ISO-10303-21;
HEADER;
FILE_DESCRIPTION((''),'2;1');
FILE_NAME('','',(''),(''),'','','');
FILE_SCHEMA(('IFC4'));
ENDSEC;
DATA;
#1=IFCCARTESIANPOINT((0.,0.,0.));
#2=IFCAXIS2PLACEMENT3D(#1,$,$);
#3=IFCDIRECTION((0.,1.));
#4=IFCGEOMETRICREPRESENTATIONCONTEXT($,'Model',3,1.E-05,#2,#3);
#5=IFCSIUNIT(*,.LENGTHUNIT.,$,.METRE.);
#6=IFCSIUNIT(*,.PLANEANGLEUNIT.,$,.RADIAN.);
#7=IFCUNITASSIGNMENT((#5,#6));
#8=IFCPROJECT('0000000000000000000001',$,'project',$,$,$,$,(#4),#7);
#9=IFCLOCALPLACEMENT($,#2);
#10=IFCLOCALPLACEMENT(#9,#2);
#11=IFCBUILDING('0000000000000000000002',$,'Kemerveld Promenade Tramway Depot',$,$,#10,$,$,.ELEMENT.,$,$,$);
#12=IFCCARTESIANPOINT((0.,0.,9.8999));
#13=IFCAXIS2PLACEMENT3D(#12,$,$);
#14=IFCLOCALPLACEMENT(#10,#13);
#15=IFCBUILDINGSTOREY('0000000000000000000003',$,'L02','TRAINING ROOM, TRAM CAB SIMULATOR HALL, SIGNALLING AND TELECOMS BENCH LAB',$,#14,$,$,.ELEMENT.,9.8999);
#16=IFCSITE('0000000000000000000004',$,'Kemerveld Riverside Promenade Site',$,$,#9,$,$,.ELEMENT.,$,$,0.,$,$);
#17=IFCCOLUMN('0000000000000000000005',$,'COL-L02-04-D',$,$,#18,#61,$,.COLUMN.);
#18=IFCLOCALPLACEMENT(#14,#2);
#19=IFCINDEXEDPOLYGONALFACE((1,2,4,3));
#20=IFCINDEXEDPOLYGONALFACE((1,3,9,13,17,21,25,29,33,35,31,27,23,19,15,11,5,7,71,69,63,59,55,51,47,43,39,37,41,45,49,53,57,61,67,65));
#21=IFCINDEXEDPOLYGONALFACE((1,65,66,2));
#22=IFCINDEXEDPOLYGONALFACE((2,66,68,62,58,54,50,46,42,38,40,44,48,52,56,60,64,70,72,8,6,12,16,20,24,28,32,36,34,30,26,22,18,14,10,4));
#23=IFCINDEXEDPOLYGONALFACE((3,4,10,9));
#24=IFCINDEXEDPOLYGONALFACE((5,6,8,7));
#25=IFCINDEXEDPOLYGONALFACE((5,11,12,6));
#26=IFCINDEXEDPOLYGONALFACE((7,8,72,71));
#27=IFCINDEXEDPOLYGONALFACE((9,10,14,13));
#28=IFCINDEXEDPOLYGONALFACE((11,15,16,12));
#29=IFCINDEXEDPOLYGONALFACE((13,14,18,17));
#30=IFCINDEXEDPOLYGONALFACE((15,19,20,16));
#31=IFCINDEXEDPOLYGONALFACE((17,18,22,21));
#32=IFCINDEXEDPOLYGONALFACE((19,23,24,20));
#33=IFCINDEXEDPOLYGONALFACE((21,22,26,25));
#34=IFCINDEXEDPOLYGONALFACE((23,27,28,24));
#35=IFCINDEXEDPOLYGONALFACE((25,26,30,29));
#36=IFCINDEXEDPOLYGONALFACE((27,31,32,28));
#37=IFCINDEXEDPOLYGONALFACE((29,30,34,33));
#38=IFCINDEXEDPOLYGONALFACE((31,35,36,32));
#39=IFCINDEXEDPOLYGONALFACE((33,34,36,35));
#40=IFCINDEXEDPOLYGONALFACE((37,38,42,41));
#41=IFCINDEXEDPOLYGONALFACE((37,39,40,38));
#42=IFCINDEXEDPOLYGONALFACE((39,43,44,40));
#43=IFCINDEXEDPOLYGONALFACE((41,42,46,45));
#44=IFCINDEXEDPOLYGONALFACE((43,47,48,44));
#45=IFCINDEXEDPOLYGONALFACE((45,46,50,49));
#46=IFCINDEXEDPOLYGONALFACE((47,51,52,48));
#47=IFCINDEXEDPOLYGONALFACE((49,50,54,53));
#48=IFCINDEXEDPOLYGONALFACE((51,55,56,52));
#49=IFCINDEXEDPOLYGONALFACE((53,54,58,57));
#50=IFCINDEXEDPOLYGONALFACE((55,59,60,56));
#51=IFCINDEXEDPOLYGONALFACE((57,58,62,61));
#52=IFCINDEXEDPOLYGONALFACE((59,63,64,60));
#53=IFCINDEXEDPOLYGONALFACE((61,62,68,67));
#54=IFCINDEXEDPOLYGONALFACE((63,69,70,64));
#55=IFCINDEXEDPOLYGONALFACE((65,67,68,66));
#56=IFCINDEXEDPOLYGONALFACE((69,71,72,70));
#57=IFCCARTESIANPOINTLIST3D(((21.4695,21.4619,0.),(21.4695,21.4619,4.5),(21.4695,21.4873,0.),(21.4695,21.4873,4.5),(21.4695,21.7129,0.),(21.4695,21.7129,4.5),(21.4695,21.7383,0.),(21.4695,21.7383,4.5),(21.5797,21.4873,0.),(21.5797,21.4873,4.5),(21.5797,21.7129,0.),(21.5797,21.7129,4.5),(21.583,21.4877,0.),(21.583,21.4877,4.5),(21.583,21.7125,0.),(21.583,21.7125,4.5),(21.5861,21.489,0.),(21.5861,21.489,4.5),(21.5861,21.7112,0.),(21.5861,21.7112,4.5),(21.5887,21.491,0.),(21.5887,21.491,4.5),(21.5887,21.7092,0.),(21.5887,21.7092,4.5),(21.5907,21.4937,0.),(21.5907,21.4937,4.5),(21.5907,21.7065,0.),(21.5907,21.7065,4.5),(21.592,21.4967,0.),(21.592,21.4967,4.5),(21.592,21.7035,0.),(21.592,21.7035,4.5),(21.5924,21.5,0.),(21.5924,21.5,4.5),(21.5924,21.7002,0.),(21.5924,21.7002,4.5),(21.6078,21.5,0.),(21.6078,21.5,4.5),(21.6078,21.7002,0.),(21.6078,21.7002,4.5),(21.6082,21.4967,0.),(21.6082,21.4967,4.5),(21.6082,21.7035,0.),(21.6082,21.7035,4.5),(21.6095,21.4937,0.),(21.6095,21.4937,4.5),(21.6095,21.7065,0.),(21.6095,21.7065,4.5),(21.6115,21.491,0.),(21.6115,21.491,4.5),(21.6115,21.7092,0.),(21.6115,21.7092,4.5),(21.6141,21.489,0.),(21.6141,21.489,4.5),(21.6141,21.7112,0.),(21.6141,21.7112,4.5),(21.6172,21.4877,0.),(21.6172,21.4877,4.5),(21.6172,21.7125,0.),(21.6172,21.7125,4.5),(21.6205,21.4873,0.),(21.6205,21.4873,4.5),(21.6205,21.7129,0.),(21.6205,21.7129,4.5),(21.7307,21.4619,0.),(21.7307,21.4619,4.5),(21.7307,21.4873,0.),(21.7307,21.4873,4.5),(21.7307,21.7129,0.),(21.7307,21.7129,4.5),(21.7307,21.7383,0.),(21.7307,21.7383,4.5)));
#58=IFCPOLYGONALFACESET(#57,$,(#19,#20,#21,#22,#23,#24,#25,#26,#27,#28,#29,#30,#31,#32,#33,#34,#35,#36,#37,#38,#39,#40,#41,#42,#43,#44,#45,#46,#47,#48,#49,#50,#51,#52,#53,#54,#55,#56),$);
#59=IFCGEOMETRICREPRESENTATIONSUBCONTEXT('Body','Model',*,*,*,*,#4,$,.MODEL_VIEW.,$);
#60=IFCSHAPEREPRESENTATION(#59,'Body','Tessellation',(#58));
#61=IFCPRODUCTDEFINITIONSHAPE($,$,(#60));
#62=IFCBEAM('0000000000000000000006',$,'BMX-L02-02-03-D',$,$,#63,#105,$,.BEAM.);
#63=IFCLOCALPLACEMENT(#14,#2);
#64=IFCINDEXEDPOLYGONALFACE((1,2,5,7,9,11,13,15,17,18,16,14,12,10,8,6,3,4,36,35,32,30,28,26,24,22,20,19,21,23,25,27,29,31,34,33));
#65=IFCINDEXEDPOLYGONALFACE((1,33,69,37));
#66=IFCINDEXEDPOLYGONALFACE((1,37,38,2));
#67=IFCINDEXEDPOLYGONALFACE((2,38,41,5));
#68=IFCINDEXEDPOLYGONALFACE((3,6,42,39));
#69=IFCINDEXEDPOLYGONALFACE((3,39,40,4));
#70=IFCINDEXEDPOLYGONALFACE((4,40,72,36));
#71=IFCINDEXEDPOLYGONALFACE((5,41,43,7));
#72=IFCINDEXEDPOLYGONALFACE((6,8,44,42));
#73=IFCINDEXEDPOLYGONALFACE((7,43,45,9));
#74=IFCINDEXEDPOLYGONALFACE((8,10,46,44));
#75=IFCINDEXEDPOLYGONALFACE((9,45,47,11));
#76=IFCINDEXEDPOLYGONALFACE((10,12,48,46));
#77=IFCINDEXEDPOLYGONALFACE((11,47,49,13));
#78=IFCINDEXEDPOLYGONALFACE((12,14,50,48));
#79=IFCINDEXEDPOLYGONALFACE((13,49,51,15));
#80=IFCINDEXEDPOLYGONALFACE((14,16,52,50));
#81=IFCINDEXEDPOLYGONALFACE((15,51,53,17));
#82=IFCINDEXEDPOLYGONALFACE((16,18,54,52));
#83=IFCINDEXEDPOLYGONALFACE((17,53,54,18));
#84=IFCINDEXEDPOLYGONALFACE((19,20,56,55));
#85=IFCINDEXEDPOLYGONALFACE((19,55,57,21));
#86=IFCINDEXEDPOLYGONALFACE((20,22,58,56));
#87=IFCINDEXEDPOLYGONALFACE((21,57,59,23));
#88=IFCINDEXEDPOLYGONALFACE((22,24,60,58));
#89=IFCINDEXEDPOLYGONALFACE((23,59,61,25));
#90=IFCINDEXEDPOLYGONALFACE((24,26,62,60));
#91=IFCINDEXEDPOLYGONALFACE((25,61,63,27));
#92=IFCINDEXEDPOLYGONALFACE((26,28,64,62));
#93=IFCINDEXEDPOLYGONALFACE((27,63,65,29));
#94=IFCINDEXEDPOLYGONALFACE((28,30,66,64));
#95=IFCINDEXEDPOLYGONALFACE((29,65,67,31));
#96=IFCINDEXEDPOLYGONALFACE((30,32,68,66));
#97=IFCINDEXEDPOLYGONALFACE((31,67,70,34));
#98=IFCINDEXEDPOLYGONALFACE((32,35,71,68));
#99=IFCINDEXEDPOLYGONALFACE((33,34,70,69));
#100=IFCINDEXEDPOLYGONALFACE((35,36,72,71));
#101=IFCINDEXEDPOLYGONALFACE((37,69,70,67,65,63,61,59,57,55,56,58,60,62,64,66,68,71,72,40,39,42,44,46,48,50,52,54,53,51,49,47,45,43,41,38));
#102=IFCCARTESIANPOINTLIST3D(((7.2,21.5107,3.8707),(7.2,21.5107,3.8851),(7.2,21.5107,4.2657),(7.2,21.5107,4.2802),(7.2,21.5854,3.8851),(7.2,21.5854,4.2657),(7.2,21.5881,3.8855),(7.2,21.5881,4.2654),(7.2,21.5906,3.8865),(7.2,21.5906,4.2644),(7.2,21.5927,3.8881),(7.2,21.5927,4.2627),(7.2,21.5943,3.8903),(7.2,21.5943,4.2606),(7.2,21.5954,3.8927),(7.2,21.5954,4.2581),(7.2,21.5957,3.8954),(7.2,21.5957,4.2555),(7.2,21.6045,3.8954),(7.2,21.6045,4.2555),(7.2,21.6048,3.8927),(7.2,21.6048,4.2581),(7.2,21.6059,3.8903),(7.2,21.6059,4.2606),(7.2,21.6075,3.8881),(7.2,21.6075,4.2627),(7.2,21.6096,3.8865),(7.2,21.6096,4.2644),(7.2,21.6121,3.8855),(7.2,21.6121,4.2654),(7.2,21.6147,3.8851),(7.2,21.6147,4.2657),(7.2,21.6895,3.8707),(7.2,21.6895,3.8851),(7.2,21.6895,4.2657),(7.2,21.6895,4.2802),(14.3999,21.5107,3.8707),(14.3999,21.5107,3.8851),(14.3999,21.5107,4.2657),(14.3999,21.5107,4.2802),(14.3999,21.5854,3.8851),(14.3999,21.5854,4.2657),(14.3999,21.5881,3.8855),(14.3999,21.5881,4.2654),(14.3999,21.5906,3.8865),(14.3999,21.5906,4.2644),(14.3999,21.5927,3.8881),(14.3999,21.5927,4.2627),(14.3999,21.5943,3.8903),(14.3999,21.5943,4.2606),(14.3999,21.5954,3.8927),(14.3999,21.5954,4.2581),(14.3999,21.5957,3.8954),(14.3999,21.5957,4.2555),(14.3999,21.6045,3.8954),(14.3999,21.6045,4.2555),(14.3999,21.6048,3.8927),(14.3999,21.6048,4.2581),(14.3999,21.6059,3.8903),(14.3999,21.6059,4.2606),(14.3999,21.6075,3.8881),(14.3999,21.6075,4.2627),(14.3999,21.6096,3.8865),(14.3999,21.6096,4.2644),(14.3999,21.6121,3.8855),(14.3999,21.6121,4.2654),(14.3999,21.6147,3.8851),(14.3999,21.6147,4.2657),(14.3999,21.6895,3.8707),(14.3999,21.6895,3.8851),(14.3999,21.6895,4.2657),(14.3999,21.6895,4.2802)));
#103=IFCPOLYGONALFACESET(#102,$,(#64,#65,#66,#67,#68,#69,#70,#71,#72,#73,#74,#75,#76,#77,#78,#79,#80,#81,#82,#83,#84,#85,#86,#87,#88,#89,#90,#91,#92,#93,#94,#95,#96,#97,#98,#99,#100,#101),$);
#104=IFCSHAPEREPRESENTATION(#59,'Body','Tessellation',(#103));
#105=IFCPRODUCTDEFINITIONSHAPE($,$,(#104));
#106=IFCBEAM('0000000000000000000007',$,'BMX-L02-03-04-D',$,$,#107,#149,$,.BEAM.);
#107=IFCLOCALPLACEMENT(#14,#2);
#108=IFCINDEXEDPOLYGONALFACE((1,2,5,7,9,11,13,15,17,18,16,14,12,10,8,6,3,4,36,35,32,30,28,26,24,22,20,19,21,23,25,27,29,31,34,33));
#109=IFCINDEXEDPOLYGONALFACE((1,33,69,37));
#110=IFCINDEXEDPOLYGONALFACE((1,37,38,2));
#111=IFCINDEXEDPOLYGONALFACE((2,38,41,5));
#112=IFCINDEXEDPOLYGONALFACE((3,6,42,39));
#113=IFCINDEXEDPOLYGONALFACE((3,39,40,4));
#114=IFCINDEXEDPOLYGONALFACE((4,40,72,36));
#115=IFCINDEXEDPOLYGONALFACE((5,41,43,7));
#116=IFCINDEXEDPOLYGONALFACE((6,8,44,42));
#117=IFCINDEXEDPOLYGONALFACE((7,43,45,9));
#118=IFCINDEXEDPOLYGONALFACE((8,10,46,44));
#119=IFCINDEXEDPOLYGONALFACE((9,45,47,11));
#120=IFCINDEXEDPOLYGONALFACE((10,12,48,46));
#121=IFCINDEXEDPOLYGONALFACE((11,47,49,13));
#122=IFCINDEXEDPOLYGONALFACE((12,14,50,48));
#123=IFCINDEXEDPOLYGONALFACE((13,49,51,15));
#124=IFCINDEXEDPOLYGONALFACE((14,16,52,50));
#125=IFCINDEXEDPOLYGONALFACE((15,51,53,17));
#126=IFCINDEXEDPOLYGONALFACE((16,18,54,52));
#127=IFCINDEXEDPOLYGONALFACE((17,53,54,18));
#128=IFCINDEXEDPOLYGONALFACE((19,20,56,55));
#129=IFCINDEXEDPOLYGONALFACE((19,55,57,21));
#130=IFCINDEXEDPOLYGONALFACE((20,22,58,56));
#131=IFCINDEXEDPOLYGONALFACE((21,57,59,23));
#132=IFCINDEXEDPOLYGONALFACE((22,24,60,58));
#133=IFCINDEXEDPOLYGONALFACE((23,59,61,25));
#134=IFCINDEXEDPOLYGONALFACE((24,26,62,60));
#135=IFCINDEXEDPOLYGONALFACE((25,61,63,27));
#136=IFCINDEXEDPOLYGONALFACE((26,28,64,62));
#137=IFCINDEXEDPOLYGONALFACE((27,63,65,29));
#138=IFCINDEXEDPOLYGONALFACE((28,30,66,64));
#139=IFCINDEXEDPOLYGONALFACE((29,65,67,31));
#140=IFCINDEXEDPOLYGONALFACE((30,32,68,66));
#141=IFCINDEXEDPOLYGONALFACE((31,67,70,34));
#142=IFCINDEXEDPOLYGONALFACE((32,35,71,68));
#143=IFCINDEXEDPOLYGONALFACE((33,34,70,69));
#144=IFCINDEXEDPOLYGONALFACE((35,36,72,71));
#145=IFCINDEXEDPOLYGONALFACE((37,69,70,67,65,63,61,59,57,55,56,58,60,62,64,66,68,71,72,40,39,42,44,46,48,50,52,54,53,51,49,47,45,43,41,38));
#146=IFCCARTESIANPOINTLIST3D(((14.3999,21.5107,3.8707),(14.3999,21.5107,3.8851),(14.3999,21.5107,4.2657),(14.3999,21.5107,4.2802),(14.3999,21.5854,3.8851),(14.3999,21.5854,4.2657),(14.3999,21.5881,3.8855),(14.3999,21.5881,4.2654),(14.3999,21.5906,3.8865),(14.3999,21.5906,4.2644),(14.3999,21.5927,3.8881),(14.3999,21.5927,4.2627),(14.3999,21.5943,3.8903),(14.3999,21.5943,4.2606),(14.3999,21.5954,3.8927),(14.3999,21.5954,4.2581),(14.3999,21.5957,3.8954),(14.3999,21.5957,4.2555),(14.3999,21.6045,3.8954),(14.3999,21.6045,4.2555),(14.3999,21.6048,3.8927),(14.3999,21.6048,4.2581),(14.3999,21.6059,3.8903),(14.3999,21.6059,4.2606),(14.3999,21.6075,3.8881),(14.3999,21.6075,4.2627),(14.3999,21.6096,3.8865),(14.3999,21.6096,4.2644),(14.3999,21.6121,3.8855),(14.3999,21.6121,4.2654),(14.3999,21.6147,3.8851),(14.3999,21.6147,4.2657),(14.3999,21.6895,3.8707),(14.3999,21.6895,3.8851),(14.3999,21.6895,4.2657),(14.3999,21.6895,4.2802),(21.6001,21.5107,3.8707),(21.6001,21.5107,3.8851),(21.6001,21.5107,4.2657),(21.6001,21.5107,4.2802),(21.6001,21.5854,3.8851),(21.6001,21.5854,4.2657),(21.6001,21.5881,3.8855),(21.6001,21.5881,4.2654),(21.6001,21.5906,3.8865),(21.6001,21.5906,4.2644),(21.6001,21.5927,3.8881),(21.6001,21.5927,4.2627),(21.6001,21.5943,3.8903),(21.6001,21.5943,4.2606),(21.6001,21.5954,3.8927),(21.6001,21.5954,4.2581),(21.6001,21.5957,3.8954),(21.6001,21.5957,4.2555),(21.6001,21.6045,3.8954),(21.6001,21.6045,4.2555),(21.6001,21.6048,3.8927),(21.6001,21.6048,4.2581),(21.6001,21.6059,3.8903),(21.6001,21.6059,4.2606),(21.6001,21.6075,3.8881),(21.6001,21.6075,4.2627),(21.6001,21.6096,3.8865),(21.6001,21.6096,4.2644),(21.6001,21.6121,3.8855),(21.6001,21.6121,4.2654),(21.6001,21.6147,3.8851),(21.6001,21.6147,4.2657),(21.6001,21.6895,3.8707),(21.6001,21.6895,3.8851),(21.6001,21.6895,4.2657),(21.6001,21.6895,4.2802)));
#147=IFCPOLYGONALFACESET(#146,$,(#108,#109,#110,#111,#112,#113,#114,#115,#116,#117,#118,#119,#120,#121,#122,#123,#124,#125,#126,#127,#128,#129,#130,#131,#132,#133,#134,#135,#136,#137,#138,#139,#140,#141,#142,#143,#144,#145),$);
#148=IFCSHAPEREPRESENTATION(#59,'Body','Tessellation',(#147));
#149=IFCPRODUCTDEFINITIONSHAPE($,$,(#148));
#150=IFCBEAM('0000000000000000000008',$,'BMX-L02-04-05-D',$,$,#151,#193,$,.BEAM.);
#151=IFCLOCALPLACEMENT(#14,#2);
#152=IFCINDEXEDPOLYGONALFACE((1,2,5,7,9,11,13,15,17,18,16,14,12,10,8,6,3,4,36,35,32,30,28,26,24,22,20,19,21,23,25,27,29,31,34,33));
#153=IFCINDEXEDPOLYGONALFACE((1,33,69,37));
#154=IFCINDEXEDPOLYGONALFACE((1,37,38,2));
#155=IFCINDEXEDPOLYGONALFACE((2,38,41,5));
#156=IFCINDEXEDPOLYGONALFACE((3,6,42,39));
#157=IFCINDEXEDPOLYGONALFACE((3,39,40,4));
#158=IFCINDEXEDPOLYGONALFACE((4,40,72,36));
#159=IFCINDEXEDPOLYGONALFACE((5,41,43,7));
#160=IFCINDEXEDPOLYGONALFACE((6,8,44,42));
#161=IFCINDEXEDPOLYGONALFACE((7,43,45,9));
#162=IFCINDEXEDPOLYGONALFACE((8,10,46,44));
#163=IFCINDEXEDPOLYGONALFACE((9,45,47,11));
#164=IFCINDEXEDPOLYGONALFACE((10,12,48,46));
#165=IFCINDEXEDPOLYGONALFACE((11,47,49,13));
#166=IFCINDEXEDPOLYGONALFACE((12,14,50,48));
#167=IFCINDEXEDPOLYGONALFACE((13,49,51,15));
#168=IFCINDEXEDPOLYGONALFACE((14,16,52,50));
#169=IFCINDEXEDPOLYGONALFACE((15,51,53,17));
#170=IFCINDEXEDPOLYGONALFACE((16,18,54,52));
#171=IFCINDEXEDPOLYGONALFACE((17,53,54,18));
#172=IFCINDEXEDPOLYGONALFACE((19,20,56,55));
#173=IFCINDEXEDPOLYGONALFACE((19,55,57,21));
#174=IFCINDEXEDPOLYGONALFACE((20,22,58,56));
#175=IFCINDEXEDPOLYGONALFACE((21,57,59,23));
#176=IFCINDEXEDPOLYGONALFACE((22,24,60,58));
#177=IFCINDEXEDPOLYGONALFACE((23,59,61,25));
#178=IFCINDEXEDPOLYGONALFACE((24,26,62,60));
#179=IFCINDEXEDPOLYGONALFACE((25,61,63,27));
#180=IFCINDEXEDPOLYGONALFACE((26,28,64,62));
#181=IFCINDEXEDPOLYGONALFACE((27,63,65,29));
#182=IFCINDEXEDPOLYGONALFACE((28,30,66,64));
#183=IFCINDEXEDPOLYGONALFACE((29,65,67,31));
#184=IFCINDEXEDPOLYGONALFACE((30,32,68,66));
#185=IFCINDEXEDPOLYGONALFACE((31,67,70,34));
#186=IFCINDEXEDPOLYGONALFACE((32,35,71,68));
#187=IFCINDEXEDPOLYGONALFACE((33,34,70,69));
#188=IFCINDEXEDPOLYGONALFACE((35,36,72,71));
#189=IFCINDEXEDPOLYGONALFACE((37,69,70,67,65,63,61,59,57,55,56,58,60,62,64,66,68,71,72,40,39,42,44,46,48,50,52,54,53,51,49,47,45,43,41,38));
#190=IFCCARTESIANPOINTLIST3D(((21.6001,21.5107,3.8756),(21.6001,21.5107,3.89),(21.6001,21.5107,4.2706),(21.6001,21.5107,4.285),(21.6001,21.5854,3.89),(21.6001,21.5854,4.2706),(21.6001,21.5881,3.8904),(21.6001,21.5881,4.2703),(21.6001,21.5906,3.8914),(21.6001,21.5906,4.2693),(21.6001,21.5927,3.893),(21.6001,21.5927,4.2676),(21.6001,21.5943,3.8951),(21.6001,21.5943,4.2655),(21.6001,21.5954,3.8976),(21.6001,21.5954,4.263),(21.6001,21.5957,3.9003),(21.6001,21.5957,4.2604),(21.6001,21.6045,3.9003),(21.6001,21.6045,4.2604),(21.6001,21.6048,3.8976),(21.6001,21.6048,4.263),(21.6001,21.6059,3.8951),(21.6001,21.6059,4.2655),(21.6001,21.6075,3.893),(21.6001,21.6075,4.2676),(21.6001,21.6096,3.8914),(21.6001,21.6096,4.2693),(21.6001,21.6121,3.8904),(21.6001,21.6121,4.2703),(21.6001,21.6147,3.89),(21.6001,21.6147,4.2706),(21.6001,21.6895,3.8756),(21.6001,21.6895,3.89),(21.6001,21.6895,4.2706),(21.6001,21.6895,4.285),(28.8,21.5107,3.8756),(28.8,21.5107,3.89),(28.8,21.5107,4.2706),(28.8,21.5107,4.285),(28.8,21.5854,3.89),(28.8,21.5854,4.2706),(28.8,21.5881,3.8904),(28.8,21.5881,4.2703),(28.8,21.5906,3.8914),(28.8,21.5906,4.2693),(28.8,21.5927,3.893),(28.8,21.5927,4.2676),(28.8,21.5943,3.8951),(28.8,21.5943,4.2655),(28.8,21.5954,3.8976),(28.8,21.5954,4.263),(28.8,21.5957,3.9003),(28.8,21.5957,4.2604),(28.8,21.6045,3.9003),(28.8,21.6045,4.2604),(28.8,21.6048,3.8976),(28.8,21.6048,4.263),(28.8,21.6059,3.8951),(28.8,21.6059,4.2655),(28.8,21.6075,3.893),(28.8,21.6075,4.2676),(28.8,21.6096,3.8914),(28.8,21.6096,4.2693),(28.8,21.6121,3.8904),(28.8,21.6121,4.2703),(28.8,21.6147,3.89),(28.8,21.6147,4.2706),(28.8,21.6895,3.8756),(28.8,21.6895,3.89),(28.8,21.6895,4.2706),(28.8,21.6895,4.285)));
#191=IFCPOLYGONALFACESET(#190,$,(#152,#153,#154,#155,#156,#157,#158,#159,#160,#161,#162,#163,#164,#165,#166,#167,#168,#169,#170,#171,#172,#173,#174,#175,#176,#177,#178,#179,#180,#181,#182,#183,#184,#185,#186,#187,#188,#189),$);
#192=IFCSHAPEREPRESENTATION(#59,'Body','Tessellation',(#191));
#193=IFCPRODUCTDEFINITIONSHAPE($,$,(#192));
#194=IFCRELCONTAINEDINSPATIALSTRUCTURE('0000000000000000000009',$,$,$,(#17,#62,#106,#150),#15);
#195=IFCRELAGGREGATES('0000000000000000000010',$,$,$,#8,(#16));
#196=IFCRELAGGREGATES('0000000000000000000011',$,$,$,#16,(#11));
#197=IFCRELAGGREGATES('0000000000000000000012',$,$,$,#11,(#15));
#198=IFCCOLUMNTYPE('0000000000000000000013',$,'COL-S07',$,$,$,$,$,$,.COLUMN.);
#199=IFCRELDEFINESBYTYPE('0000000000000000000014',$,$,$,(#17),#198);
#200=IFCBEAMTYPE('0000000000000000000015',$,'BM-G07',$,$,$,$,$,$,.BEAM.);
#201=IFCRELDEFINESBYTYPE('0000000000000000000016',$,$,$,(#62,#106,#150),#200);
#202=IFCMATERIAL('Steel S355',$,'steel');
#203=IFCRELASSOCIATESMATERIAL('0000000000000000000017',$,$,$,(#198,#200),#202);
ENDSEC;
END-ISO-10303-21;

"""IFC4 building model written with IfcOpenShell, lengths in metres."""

from ifc_helpers import new_model, si_unit, direction, frame, origin, origin_2d, place, context, subcontext, project, spatial, i_section, extrude, material, material_profile, profile_set, type_object, element, save


model = new_model("IFC4")

# Units and contexts
model_context = context("Model", 3, precision=1e-05, world=origin(), true_north=direction((0.0, 1.0)))
body_context = subcontext(model_context, "Body", "Model", "MODEL_VIEW")
ifc_project = project(units=[si_unit("LENGTHUNIT", "METRE"), si_unit("PLANEANGLEUNIT", "RADIAN")], contexts=[model_context])

# Site, building, storey
site_placement = place(None, origin())
site = spatial("IfcSite", under=ifc_project, at=site_placement, Name="Kemerveld Riverside Promenade Site", CompositionType="ELEMENT", RefElevation=0.0)
building_placement = place(site_placement, origin())
building = spatial("IfcBuilding", under=site, at=building_placement, Name="Kemerveld Promenade Tramway Depot", CompositionType="ELEMENT")
storey_placement = place(building_placement, frame((0.0, 0.0, 9.8999)))
storey = spatial("IfcBuildingStorey", under=building, at=storey_placement, Name="L02", Description="TRAINING ROOM, TRAM CAB SIMULATOR HALL, SIGNALLING AND TELECOMS BENCH LAB", CompositionType="ELEMENT", Elevation=9.8999)

# Column
ifc_material_1 = material(Name="Steel S355", Category="steel")
ifc_material_profile_1 = material_profile(ifc_material_1, i_section(OverallWidth=0.2612, OverallDepth=0.2764, WebThickness=0.0154, FlangeThickness=0.0254, FilletRadius=0.0127, at=origin_2d()), Name="254x254x132 UC")
ifc_profile_set_1 = profile_set([ifc_material_profile_1], Name="Steel S355")
column_type = type_object("IfcColumnType", Name="COL-S07", PredefinedType="COLUMN", material=ifc_profile_set_1)
for number, where, z_axis, x_axis, name in (
    (1, (21.6001, 21.6001, 0.0), (0.0, 0.0, 1.0), (1.0, 0.0, 0.0), "COL-L02-04-D"),
):
    element("IfcColumn", number, at=place(storey_placement, frame(where, z_axis=z_axis, x_axis=x_axis)), inside=storey, type_object=column_type, Name=name, PredefinedType="COLUMN", context=body_context, shape_type="SweptSolid", body=[
        extrude(i_section(OverallWidth=0.2612, OverallDepth=0.2764, WebThickness=0.0154, FlangeThickness=0.0254, FilletRadius=0.0127, at=origin_2d()), origin(), (0.0, 0.0, 1.0), 4.5),
    ])

# Beams
ifc_material_profile_2 = material_profile(ifc_material_1, i_section(OverallWidth=0.1787, OverallDepth=0.4094, WebThickness=0.0088, FlangeThickness=0.0144, FilletRadius=0.0103, at=origin_2d()), Name="406x178x67 UB")
ifc_profile_set_2 = profile_set([ifc_material_profile_2], Name="Steel S355")
beam_type_1 = type_object("IfcBeamType", Name="BM-G07", PredefinedType="BEAM", material=ifc_profile_set_2)
beam_1_placement = place(storey_placement, frame((7.2, 21.6001, 4.0754), z_axis=(1.0, 0.0, 0.0), x_axis=(0.0, 1.0, 0.0)))
element("IfcBeam", 2, at=beam_1_placement, inside=storey, type_object=beam_type_1, Name="BMX-L02-02-03-D", PredefinedType="BEAM", context=body_context, shape_type="SweptSolid", body=[
    extrude(i_section(OverallWidth=0.1787, OverallDepth=0.4094, WebThickness=0.0088, FlangeThickness=0.0144, FilletRadius=0.0103, at=origin_2d()), origin(), (0.0, 0.0, 1.0), 7.2),
])
beam_2_placement = place(storey_placement, frame((14.3999, 21.6001, 4.0754), z_axis=(1.0, 0.0, 0.0), x_axis=(0.0, 1.0, 0.0)))
element("IfcBeam", 3, at=beam_2_placement, inside=storey, type_object=beam_type_1, Name="BMX-L02-03-04-D", PredefinedType="BEAM", context=body_context, shape_type="SweptSolid", body=[
    extrude(i_section(OverallWidth=0.1787, OverallDepth=0.4094, WebThickness=0.0088, FlangeThickness=0.0144, FilletRadius=0.0103, at=origin_2d()), origin(), (0.0, 0.0, 1.0), 7.2002),
])
beam_3_placement = place(storey_placement, frame((21.6001, 21.6001, 4.0803), z_axis=(1.0, 0.0, 0.0), x_axis=(0.0, 1.0, 0.0)))
element("IfcBeam", 4, at=beam_3_placement, inside=storey, type_object=beam_type_1, Name="BMX-L02-04-05-D", PredefinedType="BEAM", context=body_context, shape_type="SweptSolid", body=[
    extrude(i_section(OverallWidth=0.1787, OverallDepth=0.4094, WebThickness=0.0088, FlangeThickness=0.0144, FilletRadius=0.0103, at=origin_2d()), origin(), (0.0, 0.0, 1.0), 7.2),
])

save(model, "model.ifc")
